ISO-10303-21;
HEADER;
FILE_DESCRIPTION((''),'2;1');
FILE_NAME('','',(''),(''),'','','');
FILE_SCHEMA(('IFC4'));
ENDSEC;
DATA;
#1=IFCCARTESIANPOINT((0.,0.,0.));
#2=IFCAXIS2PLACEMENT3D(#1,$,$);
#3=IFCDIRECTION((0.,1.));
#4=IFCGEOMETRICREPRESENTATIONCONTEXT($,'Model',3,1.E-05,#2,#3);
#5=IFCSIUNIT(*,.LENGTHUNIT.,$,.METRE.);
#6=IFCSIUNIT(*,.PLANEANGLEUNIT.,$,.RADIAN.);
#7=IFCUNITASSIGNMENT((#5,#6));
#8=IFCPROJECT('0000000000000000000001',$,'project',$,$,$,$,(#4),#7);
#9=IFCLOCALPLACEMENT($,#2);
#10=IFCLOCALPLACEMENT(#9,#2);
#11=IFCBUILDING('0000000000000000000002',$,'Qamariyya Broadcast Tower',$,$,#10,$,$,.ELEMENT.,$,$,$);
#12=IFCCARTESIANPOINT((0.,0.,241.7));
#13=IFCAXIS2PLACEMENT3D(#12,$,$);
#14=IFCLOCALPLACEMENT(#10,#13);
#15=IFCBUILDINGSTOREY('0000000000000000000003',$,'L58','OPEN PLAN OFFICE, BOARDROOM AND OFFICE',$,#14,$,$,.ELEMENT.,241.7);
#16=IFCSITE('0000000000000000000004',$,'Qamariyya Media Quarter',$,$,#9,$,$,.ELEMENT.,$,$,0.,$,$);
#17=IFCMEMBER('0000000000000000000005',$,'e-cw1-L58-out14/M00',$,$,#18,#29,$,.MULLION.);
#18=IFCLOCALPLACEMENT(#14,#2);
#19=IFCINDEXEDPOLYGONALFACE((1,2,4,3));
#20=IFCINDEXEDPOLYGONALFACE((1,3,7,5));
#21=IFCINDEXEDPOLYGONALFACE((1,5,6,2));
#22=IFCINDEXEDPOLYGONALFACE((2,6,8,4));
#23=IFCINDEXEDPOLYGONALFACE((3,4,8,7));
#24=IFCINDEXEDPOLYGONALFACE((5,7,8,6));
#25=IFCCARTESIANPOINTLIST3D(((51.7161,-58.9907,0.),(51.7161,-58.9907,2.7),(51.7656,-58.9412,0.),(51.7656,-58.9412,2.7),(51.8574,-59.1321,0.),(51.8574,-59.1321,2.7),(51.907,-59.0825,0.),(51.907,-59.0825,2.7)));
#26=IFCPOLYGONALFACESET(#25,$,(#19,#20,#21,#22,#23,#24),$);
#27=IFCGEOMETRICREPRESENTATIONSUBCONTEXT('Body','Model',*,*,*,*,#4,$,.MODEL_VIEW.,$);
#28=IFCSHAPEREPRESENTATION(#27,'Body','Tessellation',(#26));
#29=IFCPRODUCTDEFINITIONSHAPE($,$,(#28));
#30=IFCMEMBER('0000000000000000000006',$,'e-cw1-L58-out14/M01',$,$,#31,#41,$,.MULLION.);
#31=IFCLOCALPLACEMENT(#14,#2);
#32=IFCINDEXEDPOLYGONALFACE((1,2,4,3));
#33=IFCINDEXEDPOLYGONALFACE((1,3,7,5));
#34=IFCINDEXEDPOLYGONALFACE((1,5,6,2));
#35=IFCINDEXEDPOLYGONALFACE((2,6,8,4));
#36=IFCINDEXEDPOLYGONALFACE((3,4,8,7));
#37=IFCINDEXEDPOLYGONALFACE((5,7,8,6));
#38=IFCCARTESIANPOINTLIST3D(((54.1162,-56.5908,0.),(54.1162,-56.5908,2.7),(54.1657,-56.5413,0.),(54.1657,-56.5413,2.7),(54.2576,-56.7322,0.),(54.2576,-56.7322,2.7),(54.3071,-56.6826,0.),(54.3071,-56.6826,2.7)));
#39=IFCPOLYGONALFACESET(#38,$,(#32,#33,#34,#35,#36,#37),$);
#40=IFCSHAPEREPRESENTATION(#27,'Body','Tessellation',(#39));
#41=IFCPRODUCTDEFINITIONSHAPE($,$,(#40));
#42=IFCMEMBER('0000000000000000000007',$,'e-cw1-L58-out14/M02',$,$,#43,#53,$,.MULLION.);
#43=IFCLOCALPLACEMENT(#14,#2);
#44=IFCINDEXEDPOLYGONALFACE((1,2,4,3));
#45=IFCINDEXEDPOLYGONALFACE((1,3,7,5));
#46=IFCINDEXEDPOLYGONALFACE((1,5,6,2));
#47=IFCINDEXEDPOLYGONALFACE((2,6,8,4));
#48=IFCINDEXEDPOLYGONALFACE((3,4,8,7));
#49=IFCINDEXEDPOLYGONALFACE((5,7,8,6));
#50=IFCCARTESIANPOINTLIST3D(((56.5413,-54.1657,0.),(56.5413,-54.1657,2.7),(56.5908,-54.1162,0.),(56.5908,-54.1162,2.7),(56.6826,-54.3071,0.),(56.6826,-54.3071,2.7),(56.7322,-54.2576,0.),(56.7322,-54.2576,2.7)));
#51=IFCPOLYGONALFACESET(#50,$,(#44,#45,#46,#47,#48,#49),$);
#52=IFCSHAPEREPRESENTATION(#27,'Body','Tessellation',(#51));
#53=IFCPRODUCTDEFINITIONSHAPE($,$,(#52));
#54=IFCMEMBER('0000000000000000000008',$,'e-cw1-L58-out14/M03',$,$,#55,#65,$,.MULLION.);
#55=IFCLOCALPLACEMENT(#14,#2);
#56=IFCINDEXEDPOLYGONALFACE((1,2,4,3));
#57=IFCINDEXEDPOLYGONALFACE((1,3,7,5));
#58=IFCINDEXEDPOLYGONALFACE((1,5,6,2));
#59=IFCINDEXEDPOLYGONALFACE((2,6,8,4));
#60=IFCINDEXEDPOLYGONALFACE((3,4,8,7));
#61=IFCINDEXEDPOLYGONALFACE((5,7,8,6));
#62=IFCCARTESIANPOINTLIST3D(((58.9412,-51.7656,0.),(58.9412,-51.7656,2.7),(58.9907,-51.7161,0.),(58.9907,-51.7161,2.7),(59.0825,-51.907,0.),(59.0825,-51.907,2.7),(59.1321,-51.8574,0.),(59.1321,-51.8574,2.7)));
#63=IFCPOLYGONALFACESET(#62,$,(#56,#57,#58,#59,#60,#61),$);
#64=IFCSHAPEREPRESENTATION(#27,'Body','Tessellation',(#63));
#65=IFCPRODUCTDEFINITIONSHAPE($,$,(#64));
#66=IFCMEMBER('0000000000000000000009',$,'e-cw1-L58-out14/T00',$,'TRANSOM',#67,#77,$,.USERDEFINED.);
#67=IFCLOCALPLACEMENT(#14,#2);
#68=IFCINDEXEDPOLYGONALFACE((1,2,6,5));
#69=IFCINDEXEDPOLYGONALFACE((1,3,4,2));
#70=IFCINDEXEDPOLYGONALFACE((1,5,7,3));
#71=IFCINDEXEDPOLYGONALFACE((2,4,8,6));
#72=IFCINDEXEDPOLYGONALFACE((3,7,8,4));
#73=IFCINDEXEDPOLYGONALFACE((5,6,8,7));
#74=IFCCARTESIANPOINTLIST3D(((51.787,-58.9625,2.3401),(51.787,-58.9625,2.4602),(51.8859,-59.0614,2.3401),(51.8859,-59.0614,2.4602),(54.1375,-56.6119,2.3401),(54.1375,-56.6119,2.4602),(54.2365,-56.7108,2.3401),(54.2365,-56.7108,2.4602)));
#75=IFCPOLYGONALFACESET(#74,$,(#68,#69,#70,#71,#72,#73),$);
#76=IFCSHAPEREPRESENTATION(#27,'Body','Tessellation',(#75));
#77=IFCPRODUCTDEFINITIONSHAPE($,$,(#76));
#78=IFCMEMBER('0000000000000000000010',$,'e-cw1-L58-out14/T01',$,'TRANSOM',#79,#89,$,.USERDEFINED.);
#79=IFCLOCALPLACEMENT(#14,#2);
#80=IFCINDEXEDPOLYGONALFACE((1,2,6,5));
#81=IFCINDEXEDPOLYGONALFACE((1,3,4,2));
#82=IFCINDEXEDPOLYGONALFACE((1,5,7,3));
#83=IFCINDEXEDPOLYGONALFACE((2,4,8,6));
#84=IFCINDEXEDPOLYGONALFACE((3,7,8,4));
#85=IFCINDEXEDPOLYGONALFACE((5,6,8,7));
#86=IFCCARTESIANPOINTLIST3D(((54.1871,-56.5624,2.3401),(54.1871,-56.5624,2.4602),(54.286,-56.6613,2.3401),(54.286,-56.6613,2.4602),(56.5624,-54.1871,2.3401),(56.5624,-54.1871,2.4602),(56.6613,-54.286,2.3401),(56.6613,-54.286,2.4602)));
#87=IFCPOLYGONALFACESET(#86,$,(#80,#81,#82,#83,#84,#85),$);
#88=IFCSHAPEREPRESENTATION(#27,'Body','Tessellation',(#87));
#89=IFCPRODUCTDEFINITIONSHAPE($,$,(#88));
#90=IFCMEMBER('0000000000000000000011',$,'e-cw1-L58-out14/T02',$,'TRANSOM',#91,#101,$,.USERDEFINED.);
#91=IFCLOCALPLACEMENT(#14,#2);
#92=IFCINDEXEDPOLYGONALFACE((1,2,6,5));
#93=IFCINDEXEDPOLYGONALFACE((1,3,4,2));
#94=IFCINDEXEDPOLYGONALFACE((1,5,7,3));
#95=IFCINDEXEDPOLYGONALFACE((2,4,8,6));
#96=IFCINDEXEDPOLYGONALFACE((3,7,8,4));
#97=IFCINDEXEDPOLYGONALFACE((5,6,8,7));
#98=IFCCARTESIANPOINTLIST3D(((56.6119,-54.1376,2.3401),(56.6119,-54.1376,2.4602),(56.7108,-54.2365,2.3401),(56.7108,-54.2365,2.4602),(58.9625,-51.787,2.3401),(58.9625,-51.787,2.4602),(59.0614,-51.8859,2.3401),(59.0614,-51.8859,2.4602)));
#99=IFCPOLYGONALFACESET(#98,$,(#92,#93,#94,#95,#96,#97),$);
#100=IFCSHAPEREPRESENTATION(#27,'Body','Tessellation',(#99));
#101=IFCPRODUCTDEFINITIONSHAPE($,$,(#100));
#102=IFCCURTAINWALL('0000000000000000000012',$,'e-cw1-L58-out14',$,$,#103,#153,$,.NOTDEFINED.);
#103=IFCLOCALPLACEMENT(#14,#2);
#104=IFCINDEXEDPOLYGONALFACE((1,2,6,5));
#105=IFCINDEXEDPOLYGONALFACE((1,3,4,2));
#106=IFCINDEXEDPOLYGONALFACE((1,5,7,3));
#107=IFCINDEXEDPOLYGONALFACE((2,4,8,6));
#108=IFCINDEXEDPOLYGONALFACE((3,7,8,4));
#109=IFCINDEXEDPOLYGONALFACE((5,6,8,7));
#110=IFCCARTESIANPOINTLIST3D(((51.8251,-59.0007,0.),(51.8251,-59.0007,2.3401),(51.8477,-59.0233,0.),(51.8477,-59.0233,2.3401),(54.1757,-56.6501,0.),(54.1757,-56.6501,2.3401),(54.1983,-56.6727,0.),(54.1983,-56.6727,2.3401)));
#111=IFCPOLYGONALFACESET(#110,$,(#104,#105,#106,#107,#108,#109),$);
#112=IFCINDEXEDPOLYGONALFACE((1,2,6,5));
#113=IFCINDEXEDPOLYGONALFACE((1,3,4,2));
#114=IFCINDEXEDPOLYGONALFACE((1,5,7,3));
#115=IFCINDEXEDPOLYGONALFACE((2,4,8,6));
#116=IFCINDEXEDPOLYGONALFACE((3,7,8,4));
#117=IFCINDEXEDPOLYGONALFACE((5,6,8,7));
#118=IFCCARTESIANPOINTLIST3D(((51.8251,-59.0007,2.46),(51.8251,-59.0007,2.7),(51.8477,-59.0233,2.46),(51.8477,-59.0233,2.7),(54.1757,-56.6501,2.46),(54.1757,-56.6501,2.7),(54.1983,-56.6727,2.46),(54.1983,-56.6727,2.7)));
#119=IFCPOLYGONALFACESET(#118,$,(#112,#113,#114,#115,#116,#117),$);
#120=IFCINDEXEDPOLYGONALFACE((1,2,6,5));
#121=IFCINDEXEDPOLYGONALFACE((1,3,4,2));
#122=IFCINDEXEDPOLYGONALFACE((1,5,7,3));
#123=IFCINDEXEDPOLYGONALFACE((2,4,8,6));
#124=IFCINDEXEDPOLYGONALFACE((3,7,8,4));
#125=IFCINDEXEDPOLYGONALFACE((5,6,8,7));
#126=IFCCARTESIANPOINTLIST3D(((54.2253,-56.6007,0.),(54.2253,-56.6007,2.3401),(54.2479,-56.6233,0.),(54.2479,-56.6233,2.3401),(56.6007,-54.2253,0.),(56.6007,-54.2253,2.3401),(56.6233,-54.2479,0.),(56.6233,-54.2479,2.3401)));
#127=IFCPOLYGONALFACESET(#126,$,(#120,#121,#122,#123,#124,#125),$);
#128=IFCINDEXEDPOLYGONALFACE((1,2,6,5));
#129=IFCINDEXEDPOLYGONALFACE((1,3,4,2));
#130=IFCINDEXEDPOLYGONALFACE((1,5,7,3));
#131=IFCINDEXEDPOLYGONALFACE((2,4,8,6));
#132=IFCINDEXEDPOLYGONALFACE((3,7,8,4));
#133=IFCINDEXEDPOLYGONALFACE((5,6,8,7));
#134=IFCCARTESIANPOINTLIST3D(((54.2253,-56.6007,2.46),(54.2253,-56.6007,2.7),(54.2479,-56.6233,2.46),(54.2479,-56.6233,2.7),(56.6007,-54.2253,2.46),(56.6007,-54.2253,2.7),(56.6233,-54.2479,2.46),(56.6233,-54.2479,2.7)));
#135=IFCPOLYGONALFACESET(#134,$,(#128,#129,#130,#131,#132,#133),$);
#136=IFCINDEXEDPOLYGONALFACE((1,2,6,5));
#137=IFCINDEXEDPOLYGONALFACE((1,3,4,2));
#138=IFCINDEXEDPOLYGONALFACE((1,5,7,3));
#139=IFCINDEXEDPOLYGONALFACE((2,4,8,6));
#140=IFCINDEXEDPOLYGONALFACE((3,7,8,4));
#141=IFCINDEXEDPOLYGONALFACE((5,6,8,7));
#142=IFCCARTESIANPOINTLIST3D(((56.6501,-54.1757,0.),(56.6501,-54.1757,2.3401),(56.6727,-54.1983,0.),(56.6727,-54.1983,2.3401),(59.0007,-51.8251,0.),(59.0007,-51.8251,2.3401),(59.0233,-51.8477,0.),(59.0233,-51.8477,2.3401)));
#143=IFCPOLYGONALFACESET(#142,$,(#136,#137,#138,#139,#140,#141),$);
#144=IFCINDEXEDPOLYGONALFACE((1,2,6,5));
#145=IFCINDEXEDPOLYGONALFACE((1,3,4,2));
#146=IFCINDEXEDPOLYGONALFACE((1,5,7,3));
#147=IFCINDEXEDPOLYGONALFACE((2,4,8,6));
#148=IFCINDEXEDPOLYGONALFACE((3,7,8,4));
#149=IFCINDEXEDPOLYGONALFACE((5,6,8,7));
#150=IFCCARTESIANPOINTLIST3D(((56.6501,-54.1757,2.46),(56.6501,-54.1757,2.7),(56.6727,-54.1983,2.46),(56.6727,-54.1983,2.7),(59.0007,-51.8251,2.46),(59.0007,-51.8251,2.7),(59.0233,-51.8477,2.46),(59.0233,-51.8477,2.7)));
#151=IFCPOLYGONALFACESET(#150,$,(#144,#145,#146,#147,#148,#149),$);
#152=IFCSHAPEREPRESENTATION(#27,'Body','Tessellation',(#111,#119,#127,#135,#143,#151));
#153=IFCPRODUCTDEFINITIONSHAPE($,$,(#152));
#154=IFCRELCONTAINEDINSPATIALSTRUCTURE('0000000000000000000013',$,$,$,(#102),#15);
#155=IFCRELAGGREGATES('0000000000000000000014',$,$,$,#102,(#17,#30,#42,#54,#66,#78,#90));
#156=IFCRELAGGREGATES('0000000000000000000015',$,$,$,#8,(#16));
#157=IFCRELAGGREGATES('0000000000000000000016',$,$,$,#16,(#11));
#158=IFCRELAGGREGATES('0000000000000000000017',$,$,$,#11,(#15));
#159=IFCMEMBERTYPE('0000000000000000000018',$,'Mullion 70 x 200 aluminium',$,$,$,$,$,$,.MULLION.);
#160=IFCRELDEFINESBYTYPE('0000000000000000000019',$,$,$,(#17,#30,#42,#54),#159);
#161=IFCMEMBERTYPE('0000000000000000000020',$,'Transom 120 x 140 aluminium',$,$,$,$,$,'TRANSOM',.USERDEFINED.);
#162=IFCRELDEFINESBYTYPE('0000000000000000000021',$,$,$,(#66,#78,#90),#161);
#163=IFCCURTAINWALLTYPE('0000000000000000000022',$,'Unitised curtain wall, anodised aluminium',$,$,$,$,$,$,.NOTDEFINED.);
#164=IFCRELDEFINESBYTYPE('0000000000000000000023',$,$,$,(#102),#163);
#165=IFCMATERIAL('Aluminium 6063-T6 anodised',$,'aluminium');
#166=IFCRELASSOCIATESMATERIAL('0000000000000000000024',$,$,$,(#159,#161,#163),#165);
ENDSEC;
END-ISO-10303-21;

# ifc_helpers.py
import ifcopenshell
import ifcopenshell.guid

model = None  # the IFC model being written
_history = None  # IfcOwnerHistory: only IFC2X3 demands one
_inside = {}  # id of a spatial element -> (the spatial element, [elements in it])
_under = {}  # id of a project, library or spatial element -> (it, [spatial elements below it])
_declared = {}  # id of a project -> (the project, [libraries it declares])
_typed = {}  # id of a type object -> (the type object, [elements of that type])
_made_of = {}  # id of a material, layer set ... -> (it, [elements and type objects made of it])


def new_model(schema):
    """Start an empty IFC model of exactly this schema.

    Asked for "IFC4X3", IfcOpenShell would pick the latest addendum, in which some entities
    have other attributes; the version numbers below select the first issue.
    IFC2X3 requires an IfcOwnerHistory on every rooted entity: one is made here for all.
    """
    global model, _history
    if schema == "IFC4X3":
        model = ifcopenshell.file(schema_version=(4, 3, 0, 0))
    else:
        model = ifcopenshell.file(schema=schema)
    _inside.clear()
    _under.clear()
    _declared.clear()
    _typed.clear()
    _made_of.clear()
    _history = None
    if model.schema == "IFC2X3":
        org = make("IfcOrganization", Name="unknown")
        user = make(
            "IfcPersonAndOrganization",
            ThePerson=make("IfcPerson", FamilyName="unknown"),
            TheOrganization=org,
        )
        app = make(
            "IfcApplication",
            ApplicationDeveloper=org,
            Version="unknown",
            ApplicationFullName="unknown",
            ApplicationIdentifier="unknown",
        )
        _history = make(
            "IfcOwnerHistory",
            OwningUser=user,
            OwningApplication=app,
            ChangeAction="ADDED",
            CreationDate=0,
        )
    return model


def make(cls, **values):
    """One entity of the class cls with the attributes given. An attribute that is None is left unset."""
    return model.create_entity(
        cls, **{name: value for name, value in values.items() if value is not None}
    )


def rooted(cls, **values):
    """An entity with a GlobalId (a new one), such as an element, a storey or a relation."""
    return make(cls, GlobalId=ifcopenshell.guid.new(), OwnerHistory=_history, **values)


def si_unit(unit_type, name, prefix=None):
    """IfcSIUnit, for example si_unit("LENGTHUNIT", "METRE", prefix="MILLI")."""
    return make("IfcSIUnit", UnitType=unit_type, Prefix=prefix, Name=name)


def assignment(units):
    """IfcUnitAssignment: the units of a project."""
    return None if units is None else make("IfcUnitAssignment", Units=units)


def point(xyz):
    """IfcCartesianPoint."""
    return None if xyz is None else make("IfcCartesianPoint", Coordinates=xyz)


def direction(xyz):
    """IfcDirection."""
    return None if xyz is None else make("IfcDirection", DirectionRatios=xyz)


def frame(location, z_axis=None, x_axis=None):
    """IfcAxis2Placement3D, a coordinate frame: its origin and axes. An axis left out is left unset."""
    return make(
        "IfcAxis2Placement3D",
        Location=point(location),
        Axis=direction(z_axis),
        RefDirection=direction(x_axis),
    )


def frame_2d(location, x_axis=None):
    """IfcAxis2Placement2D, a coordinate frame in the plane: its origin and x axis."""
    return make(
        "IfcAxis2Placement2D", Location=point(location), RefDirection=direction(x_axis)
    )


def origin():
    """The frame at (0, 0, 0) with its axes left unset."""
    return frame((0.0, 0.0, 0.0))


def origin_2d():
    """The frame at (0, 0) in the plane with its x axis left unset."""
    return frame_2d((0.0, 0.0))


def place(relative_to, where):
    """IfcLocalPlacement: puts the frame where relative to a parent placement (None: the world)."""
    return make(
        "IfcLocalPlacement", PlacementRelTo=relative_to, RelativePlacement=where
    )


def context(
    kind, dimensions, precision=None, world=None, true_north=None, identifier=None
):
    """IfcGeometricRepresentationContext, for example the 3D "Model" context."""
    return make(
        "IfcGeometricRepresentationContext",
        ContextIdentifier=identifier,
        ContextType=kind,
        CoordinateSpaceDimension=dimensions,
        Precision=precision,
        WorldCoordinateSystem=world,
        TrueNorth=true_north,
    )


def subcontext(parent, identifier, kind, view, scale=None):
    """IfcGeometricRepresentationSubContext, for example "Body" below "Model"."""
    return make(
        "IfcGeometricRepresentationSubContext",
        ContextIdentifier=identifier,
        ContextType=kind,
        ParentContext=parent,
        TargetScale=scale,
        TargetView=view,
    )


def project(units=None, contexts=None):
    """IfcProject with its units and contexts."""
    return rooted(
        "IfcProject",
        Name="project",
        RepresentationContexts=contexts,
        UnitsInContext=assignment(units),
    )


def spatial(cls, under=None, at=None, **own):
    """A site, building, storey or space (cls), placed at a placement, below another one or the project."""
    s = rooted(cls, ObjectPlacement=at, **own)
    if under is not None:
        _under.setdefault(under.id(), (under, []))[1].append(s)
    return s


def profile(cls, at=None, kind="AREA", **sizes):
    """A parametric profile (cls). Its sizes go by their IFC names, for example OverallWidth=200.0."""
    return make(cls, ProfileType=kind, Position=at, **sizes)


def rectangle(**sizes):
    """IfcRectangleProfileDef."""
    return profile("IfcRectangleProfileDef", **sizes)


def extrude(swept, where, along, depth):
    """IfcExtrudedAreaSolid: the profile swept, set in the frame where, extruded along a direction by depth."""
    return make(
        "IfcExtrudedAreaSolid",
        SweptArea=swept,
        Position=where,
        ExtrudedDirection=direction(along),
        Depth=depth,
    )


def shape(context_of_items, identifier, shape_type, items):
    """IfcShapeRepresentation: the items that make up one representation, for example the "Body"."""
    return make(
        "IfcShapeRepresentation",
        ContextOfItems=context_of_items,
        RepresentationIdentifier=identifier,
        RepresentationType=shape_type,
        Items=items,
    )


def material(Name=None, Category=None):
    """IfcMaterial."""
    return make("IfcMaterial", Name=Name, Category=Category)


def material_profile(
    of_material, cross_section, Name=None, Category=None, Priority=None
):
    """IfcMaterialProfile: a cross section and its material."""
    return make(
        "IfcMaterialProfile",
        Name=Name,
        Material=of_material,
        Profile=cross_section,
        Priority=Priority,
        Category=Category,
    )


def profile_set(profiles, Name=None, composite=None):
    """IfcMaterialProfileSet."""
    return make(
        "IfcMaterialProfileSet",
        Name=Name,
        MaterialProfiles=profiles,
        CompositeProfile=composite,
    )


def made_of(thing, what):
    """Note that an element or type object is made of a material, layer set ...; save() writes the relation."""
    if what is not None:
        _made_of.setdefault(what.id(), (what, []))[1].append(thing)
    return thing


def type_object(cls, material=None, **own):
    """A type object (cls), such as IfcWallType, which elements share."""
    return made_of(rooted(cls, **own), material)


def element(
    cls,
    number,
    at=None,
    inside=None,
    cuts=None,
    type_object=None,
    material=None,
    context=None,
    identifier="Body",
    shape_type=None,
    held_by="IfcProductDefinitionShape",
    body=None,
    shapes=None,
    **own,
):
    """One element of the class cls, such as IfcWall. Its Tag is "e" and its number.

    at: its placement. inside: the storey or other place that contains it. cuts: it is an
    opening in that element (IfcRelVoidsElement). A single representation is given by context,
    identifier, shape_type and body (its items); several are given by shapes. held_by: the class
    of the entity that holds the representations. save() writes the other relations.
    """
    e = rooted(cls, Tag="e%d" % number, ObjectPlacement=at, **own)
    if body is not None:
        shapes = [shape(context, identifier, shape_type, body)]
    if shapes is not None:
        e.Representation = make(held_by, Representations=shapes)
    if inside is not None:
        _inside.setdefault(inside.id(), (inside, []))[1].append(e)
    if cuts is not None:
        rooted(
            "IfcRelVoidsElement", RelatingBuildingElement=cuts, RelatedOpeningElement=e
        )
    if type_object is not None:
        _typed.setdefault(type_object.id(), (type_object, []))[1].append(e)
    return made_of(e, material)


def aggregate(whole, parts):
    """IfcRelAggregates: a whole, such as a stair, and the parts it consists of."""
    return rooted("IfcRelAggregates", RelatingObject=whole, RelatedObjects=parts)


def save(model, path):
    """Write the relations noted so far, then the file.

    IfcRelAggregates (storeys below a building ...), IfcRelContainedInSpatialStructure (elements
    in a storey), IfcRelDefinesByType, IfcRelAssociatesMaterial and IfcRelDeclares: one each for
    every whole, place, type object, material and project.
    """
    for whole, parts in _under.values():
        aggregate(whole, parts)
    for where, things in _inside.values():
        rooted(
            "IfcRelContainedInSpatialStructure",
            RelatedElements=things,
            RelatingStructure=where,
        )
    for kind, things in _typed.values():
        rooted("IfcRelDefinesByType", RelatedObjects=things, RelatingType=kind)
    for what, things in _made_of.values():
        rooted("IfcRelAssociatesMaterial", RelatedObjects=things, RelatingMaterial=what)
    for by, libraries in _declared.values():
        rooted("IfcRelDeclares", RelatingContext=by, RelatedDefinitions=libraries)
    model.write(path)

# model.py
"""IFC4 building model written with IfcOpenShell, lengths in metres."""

from ifc_helpers import new_model, si_unit, direction, frame, origin, origin_2d, place, context, subcontext, project, spatial, rectangle, extrude, material, material_profile, profile_set, type_object, element, aggregate, save


model = new_model("IFC4")

# Units and contexts
model_context = context("Model", 3, precision=1e-05, world=origin(), true_north=direction((0.0, 1.0)))
body_context = subcontext(model_context, "Body", "Model", "MODEL_VIEW")
ifc_project = project(units=[si_unit("LENGTHUNIT", "METRE"), si_unit("PLANEANGLEUNIT", "RADIAN")], contexts=[model_context])

# Members
ifc_material = material(Name="Aluminium 6063-T6 anodised", Category="aluminium")
ifc_material_profile_1 = material_profile(ifc_material, rectangle(XDim=0.2, YDim=0.0701, at=origin_2d()))
ifc_profile_set_1 = profile_set([ifc_material_profile_1], Name="Aluminium 6063-T6 anodised")
member_type_1 = type_object("IfcMemberType", Name="Mullion 70 x 200 aluminium", PredefinedType="MULLION", material=ifc_profile_set_1)
site_placement = place(None, origin())
building_placement = place(site_placement, origin())
storey_placement = place(building_placement, frame((0.0, 0.0, 241.7)))
member_1_placement = place(storey_placement, frame((51.8115, -59.0366, 0.0), z_axis=(0.0, 0.0, 1.0), x_axis=(-0.707107, 0.707107, 0.0)))
member_1 = element("IfcMember", 1, at=member_1_placement, type_object=member_type_1, Name="e-cw1-L58-out14/M00", PredefinedType="MULLION", context=body_context, shape_type="SweptSolid", body=[
    extrude(rectangle(XDim=0.2, YDim=0.0701, at=origin_2d()), origin(), (0.0, 0.0, 1.0), 2.7),
])
member_2_placement = place(storey_placement, frame((54.2117, -56.6367, 0.0), z_axis=(0.0, 0.0, 1.0), x_axis=(-0.707107, 0.707107, 0.0)))
member_2 = element("IfcMember", 2, at=member_2_placement, type_object=member_type_1, Name="e-cw1-L58-out14/M01", PredefinedType="MULLION", context=body_context, shape_type="SweptSolid", body=[
    extrude(rectangle(XDim=0.2, YDim=0.0701, at=origin_2d()), origin(), (0.0, 0.0, 1.0), 2.7),
])
member_3_placement = place(storey_placement, frame((56.6367, -54.2117, 0.0), z_axis=(0.0, 0.0, 1.0), x_axis=(-0.707107, 0.707107, 0.0)))
member_3 = element("IfcMember", 3, at=member_3_placement, type_object=member_type_1, Name="e-cw1-L58-out14/M02", PredefinedType="MULLION", context=body_context, shape_type="SweptSolid", body=[
    extrude(rectangle(XDim=0.2, YDim=0.0701, at=origin_2d()), origin(), (0.0, 0.0, 1.0), 2.7),
])
member_4_placement = place(storey_placement, frame((59.0366, -51.8115, 0.0), z_axis=(0.0, 0.0, 1.0), x_axis=(-0.707107, 0.707107, 0.0)))
member_4 = element("IfcMember", 4, at=member_4_placement, type_object=member_type_1, Name="e-cw1-L58-out14/M03", PredefinedType="MULLION", context=body_context, shape_type="SweptSolid", body=[
    extrude(rectangle(XDim=0.2, YDim=0.0701, at=origin_2d()), origin(), (0.0, 0.0, 1.0), 2.7),
])
ifc_material_profile_2 = material_profile(ifc_material, rectangle(XDim=0.1399, YDim=0.1201, at=origin_2d()))
ifc_profile_set_2 = profile_set([ifc_material_profile_2], Name="Aluminium 6063-T6 anodised")
member_type_2 = type_object("IfcMemberType", Name="Transom 120 x 140 aluminium", ElementType="TRANSOM", PredefinedType="USERDEFINED", material=ifc_profile_set_2)
member_5_placement = place(storey_placement, frame((51.8364, -59.012, 2.4001), z_axis=(0.707107, 0.707107, 0.0), x_axis=(-0.707107, 0.707107, 0.0)))
member_5 = element("IfcMember", 5, at=member_5_placement, type_object=member_type_2, Name="e-cw1-L58-out14/T00", ObjectType="TRANSOM", PredefinedType="USERDEFINED", context=body_context, shape_type="SweptSolid", body=[
    extrude(rectangle(XDim=0.1399, YDim=0.1201, at=origin_2d()), origin(), (0.0, 0.0, 1.0), 3.3242),
])
member_6_placement = place(storey_placement, frame((54.2366, -56.6118, 2.4001), z_axis=(0.707107, 0.707107, 0.0), x_axis=(-0.707107, 0.707107, 0.0)))
member_6 = element("IfcMember", 6, at=member_6_placement, type_object=member_type_2, Name="e-cw1-L58-out14/T01", ObjectType="TRANSOM", PredefinedType="USERDEFINED", context=body_context, shape_type="SweptSolid", body=[
    extrude(rectangle(XDim=0.1399, YDim=0.1201, at=origin_2d()), origin(), (0.0, 0.0, 1.0), 3.3591),
])
member_7_placement = place(storey_placement, frame((56.6614, -54.187, 2.4001), z_axis=(0.707107, 0.707107, 0.0), x_axis=(-0.707107, 0.707107, 0.0)))
member_7 = element("IfcMember", 7, at=member_7_placement, type_object=member_type_2, Name="e-cw1-L58-out14/T02", ObjectType="TRANSOM", PredefinedType="USERDEFINED", context=body_context, shape_type="SweptSolid", body=[
    extrude(rectangle(XDim=0.1399, YDim=0.1201, at=origin_2d()), origin(), (0.0, 0.0, 1.0), 3.3242),
])

# Site, building, storey
site = spatial("IfcSite", under=ifc_project, at=site_placement, Name="Qamariyya Media Quarter", CompositionType="ELEMENT", RefElevation=0.0)
building = spatial("IfcBuilding", under=site, at=building_placement, Name="Qamariyya Broadcast Tower", CompositionType="ELEMENT")
storey = spatial("IfcBuildingStorey", under=building, at=storey_placement, Name="L58", Description="OPEN PLAN OFFICE, BOARDROOM AND OFFICE", CompositionType="ELEMENT", Elevation=241.7)

# Curtain wall
curtain_wall_type = type_object("IfcCurtainWallType", Name="Unitised curtain wall, anodised aluminium", PredefinedType="NOTDEFINED", material=ifc_material)
curtain_wall_1_placement = place(storey_placement, origin())
curtain_wall_1 = element("IfcCurtainWall", 8, at=curtain_wall_1_placement, inside=storey, type_object=curtain_wall_type, Name="e-cw1-L58-out14", PredefinedType="NOTDEFINED", context=body_context, shape_type="SweptSolid", body=[
    extrude(rectangle(XDim=3.3242, YDim=0.032, at=origin_2d()), frame((53.0117, -57.8367, 0.0), x_axis=(0.707107, 0.707107, 0.0)), (0.0, 0.0, 1.0), 2.3401),
    extrude(rectangle(XDim=3.3242, YDim=0.032, at=origin_2d()), frame((53.0117, -57.8367, 2.46), x_axis=(0.707107, 0.707107, 0.0)), (0.0, 0.0, 1.0), 0.24),
    extrude(rectangle(XDim=3.3594, YDim=0.032, at=origin_2d()), frame((55.4243, -55.4243, 0.0), x_axis=(0.707107, 0.707107, 0.0)), (0.0, 0.0, 1.0), 2.3401),
    extrude(rectangle(XDim=3.3594, YDim=0.032, at=origin_2d()), frame((55.4243, -55.4243, 2.46), x_axis=(0.707107, 0.707107, 0.0)), (0.0, 0.0, 1.0), 0.24),
    extrude(rectangle(XDim=3.3242, YDim=0.032, at=origin_2d()), frame((57.8367, -53.0117, 0.0), x_axis=(0.707107, 0.707107, 0.0)), (0.0, 0.0, 1.0), 2.3401),
    extrude(rectangle(XDim=3.3242, YDim=0.032, at=origin_2d()), frame((57.8367, -53.0117, 2.46), x_axis=(0.707107, 0.707107, 0.0)), (0.0, 0.0, 1.0), 0.24),
])
aggregate(curtain_wall_1, [member_1, member_2, member_3, member_4, member_5, member_6, member_7])

save(model, "model.ifc")
